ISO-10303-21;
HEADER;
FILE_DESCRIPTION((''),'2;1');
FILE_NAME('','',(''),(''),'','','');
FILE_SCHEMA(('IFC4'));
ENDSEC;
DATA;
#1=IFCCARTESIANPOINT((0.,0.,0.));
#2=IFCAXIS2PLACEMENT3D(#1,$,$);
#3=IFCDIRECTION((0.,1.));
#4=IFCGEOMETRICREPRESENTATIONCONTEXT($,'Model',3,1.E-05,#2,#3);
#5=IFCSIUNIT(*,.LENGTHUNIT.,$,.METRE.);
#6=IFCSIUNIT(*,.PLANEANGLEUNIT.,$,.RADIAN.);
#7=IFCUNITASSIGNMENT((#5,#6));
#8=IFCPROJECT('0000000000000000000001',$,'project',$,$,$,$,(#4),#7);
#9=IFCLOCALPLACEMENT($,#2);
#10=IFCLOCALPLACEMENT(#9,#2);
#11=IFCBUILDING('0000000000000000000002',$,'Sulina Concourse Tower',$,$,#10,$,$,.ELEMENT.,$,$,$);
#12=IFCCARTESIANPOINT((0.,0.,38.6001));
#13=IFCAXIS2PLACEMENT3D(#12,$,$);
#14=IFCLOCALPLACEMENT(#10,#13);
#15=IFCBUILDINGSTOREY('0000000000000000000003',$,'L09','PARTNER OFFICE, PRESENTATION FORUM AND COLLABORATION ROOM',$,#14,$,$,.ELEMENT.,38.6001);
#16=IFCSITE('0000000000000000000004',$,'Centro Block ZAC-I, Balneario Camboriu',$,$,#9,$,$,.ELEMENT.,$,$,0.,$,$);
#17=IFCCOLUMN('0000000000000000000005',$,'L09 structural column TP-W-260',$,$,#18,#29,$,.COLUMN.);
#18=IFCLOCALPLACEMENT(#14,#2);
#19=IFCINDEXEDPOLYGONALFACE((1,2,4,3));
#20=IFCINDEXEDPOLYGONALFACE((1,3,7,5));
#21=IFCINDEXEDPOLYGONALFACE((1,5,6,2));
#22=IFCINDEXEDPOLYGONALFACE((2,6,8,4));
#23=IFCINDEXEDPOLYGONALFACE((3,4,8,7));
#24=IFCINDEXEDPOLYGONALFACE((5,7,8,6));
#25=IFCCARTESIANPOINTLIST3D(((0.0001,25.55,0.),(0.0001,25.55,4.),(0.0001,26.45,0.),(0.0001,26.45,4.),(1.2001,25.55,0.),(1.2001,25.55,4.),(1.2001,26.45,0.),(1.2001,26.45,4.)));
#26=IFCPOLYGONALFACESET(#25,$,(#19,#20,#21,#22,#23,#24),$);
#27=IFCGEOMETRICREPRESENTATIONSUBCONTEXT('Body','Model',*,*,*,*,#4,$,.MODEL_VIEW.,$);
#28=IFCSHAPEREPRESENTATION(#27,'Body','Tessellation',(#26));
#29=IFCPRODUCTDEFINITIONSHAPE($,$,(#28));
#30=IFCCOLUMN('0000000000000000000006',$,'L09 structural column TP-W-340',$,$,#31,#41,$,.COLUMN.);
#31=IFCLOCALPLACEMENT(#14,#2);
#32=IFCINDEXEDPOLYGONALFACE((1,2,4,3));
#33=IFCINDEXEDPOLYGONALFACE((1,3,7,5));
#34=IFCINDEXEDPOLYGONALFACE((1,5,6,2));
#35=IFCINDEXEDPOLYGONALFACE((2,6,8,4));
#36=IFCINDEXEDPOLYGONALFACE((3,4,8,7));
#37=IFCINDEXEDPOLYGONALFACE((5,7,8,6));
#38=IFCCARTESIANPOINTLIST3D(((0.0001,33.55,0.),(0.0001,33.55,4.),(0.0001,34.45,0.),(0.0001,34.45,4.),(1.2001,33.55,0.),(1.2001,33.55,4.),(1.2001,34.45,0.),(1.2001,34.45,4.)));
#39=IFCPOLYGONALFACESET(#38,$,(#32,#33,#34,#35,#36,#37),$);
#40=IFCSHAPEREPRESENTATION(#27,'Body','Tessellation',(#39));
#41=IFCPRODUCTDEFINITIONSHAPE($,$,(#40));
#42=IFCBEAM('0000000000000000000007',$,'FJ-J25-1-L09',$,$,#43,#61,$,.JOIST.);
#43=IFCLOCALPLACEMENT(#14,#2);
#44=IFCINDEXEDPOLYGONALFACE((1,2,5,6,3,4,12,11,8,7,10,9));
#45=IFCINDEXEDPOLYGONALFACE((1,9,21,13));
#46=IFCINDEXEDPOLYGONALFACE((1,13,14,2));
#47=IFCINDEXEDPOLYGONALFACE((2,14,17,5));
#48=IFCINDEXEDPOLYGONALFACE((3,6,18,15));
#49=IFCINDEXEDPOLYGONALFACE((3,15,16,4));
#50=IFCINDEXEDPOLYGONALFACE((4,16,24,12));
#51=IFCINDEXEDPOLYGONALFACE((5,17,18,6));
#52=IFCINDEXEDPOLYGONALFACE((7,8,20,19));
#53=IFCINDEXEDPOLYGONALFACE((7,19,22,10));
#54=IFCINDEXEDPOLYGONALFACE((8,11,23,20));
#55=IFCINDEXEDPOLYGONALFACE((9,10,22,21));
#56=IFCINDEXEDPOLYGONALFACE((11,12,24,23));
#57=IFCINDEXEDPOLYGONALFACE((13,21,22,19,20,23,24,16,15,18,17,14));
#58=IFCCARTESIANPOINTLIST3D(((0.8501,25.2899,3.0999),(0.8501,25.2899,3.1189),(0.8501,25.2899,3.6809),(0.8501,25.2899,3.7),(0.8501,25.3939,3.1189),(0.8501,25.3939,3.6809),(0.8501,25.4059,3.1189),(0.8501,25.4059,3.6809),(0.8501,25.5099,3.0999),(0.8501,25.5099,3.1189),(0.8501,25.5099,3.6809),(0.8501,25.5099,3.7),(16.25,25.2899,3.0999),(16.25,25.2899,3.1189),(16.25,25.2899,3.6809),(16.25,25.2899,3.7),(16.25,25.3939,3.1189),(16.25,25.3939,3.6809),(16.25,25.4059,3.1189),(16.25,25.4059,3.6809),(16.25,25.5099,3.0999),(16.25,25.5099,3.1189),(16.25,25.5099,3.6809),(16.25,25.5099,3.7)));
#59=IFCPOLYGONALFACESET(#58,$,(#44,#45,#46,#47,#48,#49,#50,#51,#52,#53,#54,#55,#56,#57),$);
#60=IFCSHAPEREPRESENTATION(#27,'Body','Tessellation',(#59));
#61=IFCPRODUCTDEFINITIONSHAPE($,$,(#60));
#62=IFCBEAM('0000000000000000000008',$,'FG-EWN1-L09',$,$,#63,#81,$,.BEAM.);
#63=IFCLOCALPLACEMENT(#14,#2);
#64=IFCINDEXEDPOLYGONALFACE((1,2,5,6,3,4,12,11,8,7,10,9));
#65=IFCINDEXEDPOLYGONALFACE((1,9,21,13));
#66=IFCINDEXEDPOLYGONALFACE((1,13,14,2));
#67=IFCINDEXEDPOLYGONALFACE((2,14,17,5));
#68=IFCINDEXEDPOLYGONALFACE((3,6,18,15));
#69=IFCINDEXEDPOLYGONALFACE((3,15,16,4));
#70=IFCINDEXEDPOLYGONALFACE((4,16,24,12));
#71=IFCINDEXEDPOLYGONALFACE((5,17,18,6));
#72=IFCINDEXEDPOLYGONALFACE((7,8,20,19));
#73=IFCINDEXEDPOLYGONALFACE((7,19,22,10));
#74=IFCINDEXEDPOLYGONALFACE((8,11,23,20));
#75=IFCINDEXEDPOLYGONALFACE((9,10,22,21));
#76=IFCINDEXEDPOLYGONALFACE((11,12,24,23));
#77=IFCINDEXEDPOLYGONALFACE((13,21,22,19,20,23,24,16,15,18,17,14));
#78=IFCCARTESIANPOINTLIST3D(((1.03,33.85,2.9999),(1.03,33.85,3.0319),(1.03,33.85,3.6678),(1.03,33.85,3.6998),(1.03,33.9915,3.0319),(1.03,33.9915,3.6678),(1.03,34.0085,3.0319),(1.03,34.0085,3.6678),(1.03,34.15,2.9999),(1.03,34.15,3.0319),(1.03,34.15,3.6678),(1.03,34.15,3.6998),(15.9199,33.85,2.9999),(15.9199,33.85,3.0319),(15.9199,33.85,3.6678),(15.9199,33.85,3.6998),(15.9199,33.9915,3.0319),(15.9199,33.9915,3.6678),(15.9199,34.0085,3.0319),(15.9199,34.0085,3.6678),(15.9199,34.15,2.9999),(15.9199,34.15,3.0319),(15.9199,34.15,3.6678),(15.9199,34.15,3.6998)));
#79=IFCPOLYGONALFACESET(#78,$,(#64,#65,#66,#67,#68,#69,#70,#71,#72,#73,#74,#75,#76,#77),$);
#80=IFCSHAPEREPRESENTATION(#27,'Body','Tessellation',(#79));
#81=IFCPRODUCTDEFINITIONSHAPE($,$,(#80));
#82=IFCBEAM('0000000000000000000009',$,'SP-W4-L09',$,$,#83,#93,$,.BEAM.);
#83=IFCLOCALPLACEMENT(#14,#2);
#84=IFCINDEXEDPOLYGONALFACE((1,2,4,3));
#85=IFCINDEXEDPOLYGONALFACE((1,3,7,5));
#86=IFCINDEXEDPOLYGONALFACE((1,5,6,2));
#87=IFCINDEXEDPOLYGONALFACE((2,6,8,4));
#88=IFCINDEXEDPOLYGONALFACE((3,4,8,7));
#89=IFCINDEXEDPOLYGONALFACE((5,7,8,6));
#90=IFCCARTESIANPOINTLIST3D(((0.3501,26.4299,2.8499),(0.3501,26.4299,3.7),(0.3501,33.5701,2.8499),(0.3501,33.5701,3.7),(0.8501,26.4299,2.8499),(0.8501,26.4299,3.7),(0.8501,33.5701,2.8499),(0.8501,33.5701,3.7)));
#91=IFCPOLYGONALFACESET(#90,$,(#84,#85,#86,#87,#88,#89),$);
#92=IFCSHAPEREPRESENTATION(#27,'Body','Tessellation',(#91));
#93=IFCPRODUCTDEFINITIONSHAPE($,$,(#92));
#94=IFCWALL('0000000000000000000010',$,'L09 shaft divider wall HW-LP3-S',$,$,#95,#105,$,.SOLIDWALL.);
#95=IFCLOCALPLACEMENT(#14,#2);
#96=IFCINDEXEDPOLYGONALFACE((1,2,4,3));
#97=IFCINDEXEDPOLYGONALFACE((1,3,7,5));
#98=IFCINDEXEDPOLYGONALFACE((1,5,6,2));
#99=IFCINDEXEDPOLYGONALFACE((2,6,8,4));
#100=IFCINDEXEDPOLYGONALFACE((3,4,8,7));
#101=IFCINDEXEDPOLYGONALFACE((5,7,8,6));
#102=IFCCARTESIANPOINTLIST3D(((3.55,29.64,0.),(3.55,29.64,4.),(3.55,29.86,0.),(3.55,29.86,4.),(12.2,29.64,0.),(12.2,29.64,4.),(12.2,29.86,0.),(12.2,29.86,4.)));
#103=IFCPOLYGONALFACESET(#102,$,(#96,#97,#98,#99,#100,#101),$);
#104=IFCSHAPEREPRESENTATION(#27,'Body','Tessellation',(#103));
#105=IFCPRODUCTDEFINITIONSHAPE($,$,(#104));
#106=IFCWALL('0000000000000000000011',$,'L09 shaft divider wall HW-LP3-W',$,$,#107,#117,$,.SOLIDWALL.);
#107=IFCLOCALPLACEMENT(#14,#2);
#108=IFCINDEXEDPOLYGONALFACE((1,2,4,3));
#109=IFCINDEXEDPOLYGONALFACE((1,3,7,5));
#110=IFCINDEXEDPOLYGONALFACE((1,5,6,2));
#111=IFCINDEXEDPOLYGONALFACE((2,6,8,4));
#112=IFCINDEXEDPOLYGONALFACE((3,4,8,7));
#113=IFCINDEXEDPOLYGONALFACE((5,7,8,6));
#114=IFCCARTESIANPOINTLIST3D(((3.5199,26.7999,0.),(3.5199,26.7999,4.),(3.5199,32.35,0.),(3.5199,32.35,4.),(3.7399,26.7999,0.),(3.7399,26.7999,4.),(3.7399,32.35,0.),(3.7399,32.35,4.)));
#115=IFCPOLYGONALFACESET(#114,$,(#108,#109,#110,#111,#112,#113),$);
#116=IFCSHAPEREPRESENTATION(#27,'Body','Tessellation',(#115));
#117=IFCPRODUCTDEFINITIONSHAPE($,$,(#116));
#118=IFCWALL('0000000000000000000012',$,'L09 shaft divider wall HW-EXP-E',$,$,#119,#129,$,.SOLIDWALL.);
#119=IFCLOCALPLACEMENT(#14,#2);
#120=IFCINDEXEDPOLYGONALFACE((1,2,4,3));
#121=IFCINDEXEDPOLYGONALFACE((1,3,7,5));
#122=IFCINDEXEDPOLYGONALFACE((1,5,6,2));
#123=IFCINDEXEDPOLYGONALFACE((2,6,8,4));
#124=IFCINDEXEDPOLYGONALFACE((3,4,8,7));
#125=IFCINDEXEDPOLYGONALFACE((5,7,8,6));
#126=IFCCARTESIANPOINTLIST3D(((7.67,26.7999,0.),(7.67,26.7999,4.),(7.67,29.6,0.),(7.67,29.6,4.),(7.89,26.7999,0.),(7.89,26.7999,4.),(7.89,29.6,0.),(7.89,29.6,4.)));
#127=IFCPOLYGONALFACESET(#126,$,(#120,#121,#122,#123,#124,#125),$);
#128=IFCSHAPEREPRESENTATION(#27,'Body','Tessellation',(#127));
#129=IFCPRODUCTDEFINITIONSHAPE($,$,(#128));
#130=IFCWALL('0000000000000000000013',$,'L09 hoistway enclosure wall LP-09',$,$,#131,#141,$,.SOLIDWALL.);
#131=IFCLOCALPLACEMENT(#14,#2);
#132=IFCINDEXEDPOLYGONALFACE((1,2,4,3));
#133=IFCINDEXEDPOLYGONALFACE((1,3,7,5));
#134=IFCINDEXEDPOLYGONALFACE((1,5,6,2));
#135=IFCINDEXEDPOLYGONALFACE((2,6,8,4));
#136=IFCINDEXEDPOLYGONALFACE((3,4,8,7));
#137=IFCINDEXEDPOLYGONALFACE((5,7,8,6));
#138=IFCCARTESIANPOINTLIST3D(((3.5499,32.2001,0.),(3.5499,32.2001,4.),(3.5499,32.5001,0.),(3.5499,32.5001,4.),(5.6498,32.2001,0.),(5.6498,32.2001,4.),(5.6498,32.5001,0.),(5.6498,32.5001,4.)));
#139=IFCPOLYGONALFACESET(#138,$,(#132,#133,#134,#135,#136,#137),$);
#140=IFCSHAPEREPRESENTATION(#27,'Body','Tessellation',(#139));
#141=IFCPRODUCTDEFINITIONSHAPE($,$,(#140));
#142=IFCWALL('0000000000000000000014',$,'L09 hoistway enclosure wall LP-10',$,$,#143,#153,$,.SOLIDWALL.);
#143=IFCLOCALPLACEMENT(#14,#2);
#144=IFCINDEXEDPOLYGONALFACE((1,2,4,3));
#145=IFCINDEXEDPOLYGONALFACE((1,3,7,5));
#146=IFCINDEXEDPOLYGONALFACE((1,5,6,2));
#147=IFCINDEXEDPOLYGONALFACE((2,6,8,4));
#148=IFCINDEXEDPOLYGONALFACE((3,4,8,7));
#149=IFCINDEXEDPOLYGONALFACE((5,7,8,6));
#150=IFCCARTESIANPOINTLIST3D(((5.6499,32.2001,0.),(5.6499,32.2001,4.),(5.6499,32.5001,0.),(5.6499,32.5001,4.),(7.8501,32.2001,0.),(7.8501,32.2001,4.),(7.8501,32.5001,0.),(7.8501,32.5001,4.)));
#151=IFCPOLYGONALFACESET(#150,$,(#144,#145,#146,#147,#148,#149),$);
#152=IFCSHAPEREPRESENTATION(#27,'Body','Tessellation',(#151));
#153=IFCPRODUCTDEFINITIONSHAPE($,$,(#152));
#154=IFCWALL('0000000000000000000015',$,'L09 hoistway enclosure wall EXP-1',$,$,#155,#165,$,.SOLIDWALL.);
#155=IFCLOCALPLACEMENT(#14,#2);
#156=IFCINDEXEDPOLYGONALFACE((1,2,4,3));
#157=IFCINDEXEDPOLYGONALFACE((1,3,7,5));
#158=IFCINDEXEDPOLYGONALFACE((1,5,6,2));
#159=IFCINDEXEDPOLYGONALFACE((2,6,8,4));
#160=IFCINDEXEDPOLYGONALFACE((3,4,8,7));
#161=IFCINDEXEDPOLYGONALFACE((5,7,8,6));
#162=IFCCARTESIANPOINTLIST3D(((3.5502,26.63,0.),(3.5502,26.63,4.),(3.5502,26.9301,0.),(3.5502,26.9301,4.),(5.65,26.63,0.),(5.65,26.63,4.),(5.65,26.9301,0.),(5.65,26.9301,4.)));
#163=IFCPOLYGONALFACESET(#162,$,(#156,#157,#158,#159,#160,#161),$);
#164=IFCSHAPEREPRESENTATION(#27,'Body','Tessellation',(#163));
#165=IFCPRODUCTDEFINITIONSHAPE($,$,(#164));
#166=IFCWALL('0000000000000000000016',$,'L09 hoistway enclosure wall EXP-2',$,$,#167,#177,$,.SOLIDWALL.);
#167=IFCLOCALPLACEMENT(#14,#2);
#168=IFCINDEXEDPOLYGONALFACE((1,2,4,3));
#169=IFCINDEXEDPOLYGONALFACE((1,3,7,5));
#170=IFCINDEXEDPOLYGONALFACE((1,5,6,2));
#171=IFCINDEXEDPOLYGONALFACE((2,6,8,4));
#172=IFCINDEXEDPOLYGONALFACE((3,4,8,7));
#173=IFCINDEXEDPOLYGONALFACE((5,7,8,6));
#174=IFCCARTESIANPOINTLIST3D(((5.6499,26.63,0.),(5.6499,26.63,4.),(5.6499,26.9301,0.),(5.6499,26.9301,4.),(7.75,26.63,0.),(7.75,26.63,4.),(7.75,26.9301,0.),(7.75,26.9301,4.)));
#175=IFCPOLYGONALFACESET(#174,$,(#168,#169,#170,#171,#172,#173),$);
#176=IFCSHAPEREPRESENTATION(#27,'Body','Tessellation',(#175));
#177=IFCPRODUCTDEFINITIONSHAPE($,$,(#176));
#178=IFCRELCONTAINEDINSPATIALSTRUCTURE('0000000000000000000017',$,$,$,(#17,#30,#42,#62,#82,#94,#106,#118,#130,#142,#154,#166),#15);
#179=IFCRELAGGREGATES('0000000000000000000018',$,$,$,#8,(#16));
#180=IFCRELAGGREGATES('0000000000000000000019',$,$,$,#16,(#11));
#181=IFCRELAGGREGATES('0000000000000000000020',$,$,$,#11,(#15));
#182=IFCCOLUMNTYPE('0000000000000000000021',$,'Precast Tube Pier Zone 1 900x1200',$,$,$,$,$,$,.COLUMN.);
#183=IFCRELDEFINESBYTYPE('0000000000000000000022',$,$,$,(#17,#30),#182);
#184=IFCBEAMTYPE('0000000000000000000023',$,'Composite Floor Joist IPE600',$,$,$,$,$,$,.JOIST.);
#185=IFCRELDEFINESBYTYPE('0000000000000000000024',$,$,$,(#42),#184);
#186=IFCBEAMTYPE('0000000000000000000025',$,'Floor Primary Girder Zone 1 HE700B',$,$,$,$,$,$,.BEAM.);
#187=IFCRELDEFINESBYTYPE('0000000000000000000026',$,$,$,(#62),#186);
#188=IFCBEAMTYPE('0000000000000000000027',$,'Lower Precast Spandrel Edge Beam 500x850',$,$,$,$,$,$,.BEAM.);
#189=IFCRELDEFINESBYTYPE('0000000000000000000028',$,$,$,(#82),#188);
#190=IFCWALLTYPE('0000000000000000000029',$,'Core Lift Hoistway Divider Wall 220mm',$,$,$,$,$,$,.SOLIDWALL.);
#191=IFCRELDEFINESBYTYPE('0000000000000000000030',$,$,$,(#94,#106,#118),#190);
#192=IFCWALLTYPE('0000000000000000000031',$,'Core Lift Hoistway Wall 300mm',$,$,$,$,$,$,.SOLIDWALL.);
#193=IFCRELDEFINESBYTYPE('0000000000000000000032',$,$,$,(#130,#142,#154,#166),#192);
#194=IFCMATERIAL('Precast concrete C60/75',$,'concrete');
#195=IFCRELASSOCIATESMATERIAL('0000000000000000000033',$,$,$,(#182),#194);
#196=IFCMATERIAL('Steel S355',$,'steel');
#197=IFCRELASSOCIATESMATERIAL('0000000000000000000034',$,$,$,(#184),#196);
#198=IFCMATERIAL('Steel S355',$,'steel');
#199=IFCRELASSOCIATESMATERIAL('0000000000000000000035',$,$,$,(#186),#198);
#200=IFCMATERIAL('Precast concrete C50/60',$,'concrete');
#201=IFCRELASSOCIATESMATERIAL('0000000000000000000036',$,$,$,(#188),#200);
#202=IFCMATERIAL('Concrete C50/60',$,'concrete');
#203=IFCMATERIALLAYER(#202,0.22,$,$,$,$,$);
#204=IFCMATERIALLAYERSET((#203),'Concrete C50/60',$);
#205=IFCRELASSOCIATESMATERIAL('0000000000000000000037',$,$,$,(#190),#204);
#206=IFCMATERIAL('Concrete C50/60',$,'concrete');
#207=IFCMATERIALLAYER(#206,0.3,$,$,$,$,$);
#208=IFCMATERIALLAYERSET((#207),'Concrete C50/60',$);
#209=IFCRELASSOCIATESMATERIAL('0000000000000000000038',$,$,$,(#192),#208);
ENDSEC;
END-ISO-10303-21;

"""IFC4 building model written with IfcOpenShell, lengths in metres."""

from ifc_helpers import new_model, si_unit, direction, frame, frame_2d, origin, origin_2d, place, context, subcontext, project, spatial, rectangle, i_section, extrude, material, layer, layer_set, material_profile, profile_set, type_object, element, save


model = new_model("IFC4")

# Units and contexts
model_context = context("Model", 3, precision=1e-05, world=origin(), true_north=direction((0.0, 1.0)))
body_context = subcontext(model_context, "Body", "Model", "MODEL_VIEW")
ifc_project = project(units=[si_unit("LENGTHUNIT", "METRE"), si_unit("PLANEANGLEUNIT", "RADIAN")], contexts=[model_context])

# Site, building, storey
site_placement = place(None, origin())
site = spatial("IfcSite", under=ifc_project, at=site_placement, Name="Centro Block ZAC-I, Balneario Camboriu", CompositionType="ELEMENT", RefElevation=0.0)
building_placement = place(site_placement, origin())
building = spatial("IfcBuilding", under=site, at=building_placement, Name="Sulina Concourse Tower", CompositionType="ELEMENT")
storey_placement = place(building_placement, frame((0.0, 0.0, 38.6001)))
storey = spatial("IfcBuildingStorey", under=building, at=storey_placement, Name="L09", Description="PARTNER OFFICE, PRESENTATION FORUM AND COLLABORATION ROOM", CompositionType="ELEMENT", Elevation=38.6001)

# Columns
ifc_material_1 = material(Name="Precast concrete C60/75", Category="concrete")
ifc_material_profile_1 = material_profile(ifc_material_1, rectangle(XDim=0.8999, YDim=1.2, at=origin_2d()), Name="PC 900x1200")
ifc_profile_set_1 = profile_set([ifc_material_profile_1], Name="Precast concrete C60/75")
column_type = type_object("IfcColumnType", Name="Precast Tube Pier Zone 1 900x1200", PredefinedType="COLUMN", material=ifc_profile_set_1)
for number, where, z_axis, x_axis, name in (
    (1, (0.6001, 26.0, 0.0), (0.0, 0.0, 1.0), (0.0, 1.0, 0.0), "L09 structural column TP-W-260"),
    (2, (0.6001, 34.0, 0.0), (0.0, 0.0, 1.0), (0.0, 1.0, 0.0), "L09 structural column TP-W-340"),
):
    element("IfcColumn", number, at=place(storey_placement, frame(where, z_axis=z_axis, x_axis=x_axis)), inside=storey, type_object=column_type, Name=name, PredefinedType="COLUMN", context=body_context, shape_type="SweptSolid", body=[
        extrude(rectangle(XDim=0.8999, YDim=1.2, at=origin_2d()), origin(), (0.0, 0.0, 1.0), 4.0),
    ])

# Beams
ifc_material_2 = material(Name="Steel S355", Category="steel")
ifc_material_profile_2 = material_profile(ifc_material_2, i_section(OverallWidth=0.22, OverallDepth=0.6001, WebThickness=0.012, FlangeThickness=0.019, at=origin_2d()), Name="IPE 600")
ifc_profile_set_2 = profile_set([ifc_material_profile_2], Name="Steel S355")
beam_type_1 = type_object("IfcBeamType", Name="Composite Floor Joist IPE600", PredefinedType="JOIST", material=ifc_profile_set_2)
beam_1_placement = place(storey_placement, frame((0.8501, 25.3999, 3.3999), z_axis=(1.0, 0.0, 0.0), x_axis=(0.0, 1.0, 0.0)))
element("IfcBeam", 3, at=beam_1_placement, inside=storey, type_object=beam_type_1, Name="FJ-J25-1-L09", PredefinedType="JOIST", context=body_context, shape_type="SweptSolid", body=[
    extrude(i_section(OverallWidth=0.22, OverallDepth=0.6001, WebThickness=0.012, FlangeThickness=0.019, at=origin_2d()), origin(), (0.0, 0.0, 1.0), 15.3999),
])
ifc_material_3 = material(Name="Steel S355", Category="steel")
ifc_material_profile_3 = material_profile(ifc_material_3, i_section(OverallWidth=0.3, OverallDepth=0.7, WebThickness=0.0171, FlangeThickness=0.032, at=origin_2d()), Name="HE 700 B")
ifc_profile_set_3 = profile_set([ifc_material_profile_3], Name="Steel S355")
beam_type_2 = type_object("IfcBeamType", Name="Floor Primary Girder Zone 1 HE700B", PredefinedType="BEAM", material=ifc_profile_set_3)
beam_2_placement = place(storey_placement, frame((1.03, 34.0, 3.3499), z_axis=(1.0, 0.0, 0.0), x_axis=(0.0, 1.0, 0.0)))
element("IfcBeam", 4, at=beam_2_placement, inside=storey, type_object=beam_type_2, Name="FG-EWN1-L09", PredefinedType="BEAM", context=body_context, shape_type="SweptSolid", body=[
    extrude(i_section(OverallWidth=0.3, OverallDepth=0.7, WebThickness=0.0171, FlangeThickness=0.032, at=origin_2d()), origin(), (0.0, 0.0, 1.0), 14.8899),
])
ifc_material_4 = material(Name="Precast concrete C50/60", Category="concrete")
ifc_material_profile_4 = material_profile(ifc_material_4, rectangle(XDim=0.5, YDim=0.8501, at=origin_2d()), Name="RC 500x850")
ifc_profile_set_4 = profile_set([ifc_material_profile_4], Name="Precast concrete C50/60")
beam_type_3 = type_object("IfcBeamType", Name="Lower Precast Spandrel Edge Beam 500x850", PredefinedType="BEAM", material=ifc_profile_set_4)
beam_3_placement = place(storey_placement, frame((0.6001, 26.4299, 3.2749), z_axis=(0.0, 1.0, 0.0), x_axis=(-1.0, 0.0, 0.0)))
element("IfcBeam", 5, at=beam_3_placement, inside=storey, type_object=beam_type_3, Name="SP-W4-L09", PredefinedType="BEAM", context=body_context, shape_type="SweptSolid", body=[
    extrude(rectangle(XDim=0.5, YDim=0.8501, at=origin_2d()), origin(), (0.0, 0.0, 1.0), 7.1401),
])

# Walls
ifc_material_5 = material(Name="Concrete C50/60", Category="concrete")
ifc_layer_1 = layer(ifc_material_5, 0.22)
ifc_layer_set_1 = layer_set([ifc_layer_1], Name="Concrete C50/60")
wall_type_1 = type_object("IfcWallType", Name="Core Lift Hoistway Divider Wall 220mm", PredefinedType="SOLIDWALL", material=ifc_layer_set_1)
wall_1_placement = place(storey_placement, frame((3.55, 29.75, 0.0), z_axis=(0.0, 0.0, 1.0), x_axis=(1.0, 0.0, 0.0)))
element("IfcWall", 6, at=wall_1_placement, inside=storey, type_object=wall_type_1, Name="L09 shaft divider wall HW-LP3-S", PredefinedType="SOLIDWALL", context=body_context, shape_type="SweptSolid", body=[
    extrude(rectangle(XDim=8.6499, YDim=0.22, at=frame_2d((4.325, 0.0))), origin(), (0.0, 0.0, 1.0), 4.0),
])
wall_2_placement = place(storey_placement, frame((3.6299, 26.8, 0.0), z_axis=(0.0, 0.0, 1.0), x_axis=(0.0, 1.0, 0.0)))
element("IfcWall", 7, at=wall_2_placement, inside=storey, type_object=wall_type_1, Name="L09 shaft divider wall HW-LP3-W", PredefinedType="SOLIDWALL", context=body_context, shape_type="SweptSolid", body=[
    extrude(rectangle(XDim=5.55, YDim=0.22, at=frame_2d((2.7749, 0.0))), origin(), (0.0, 0.0, 1.0), 4.0),
])
wall_3_placement = place(storey_placement, frame((7.78, 26.8, 0.0), z_axis=(0.0, 0.0, 1.0), x_axis=(0.0, 1.0, 0.0)))
element("IfcWall", 8, at=wall_3_placement, inside=storey, type_object=wall_type_1, Name="L09 shaft divider wall HW-EXP-E", PredefinedType="SOLIDWALL", context=body_context, shape_type="SweptSolid", body=[
    extrude(rectangle(XDim=2.8, YDim=0.22, at=frame_2d((1.3999, 0.0))), origin(), (0.0, 0.0, 1.0), 4.0),
])
ifc_material_6 = material(Name="Concrete C50/60", Category="concrete")
ifc_layer_2 = layer(ifc_material_6, 0.3)
ifc_layer_set_2 = layer_set([ifc_layer_2], Name="Concrete C50/60")
wall_type_2 = type_object("IfcWallType", Name="Core Lift Hoistway Wall 300mm", PredefinedType="SOLIDWALL", material=ifc_layer_set_2)
wall_4_placement = place(storey_placement, frame((3.55, 32.3501, 0.0), z_axis=(0.0, 0.0, 1.0), x_axis=(1.0, 0.0, 0.0)))
element("IfcWall", 9, at=wall_4_placement, inside=storey, type_object=wall_type_2, Name="L09 hoistway enclosure wall LP-09", PredefinedType="SOLIDWALL", context=body_context, shape_type="SweptSolid", body=[
    extrude(rectangle(XDim=2.0999, YDim=0.3, at=frame_2d((1.0498, 0.0))), origin(), (0.0, 0.0, 1.0), 4.0),
])
wall_5_placement = place(storey_placement, frame((5.6499, 32.3501, 0.0), z_axis=(0.0, 0.0, 1.0), x_axis=(1.0, 0.0, 0.0)))
element("IfcWall", 10, at=wall_5_placement, inside=storey, type_object=wall_type_2, Name="L09 hoistway enclosure wall LP-10", PredefinedType="SOLIDWALL", context=body_context, shape_type="SweptSolid", body=[
    extrude(rectangle(XDim=2.2002, YDim=0.3, at=frame_2d((1.1001, 0.0))), origin(), (0.0, 0.0, 1.0), 4.0),
])
wall_6_placement = place(storey_placement, frame((5.6499, 26.78, 0.0), z_axis=(0.0, 0.0, 1.0), x_axis=(-1.0, 0.0, 0.0)))
element("IfcWall", 11, at=wall_6_placement, inside=storey, type_object=wall_type_2, Name="L09 hoistway enclosure wall EXP-1", PredefinedType="SOLIDWALL", context=body_context, shape_type="SweptSolid", body=[
    extrude(rectangle(XDim=2.0999, YDim=0.3, at=frame_2d((1.0498, 0.0))), origin(), (0.0, 0.0, 1.0), 4.0),
])
wall_7_placement = place(storey_placement, frame((7.75, 26.78, 0.0), z_axis=(0.0, 0.0, 1.0), x_axis=(-1.0, 0.0, 0.0)))
element("IfcWall", 12, at=wall_7_placement, inside=storey, type_object=wall_type_2, Name="L09 hoistway enclosure wall EXP-2", PredefinedType="SOLIDWALL", context=body_context, shape_type="SweptSolid", body=[
    extrude(rectangle(XDim=2.1001, YDim=0.3, at=frame_2d((1.05, 0.0))), origin(), (0.0, 0.0, 1.0), 4.0),
])

save(model, "model.ifc")
